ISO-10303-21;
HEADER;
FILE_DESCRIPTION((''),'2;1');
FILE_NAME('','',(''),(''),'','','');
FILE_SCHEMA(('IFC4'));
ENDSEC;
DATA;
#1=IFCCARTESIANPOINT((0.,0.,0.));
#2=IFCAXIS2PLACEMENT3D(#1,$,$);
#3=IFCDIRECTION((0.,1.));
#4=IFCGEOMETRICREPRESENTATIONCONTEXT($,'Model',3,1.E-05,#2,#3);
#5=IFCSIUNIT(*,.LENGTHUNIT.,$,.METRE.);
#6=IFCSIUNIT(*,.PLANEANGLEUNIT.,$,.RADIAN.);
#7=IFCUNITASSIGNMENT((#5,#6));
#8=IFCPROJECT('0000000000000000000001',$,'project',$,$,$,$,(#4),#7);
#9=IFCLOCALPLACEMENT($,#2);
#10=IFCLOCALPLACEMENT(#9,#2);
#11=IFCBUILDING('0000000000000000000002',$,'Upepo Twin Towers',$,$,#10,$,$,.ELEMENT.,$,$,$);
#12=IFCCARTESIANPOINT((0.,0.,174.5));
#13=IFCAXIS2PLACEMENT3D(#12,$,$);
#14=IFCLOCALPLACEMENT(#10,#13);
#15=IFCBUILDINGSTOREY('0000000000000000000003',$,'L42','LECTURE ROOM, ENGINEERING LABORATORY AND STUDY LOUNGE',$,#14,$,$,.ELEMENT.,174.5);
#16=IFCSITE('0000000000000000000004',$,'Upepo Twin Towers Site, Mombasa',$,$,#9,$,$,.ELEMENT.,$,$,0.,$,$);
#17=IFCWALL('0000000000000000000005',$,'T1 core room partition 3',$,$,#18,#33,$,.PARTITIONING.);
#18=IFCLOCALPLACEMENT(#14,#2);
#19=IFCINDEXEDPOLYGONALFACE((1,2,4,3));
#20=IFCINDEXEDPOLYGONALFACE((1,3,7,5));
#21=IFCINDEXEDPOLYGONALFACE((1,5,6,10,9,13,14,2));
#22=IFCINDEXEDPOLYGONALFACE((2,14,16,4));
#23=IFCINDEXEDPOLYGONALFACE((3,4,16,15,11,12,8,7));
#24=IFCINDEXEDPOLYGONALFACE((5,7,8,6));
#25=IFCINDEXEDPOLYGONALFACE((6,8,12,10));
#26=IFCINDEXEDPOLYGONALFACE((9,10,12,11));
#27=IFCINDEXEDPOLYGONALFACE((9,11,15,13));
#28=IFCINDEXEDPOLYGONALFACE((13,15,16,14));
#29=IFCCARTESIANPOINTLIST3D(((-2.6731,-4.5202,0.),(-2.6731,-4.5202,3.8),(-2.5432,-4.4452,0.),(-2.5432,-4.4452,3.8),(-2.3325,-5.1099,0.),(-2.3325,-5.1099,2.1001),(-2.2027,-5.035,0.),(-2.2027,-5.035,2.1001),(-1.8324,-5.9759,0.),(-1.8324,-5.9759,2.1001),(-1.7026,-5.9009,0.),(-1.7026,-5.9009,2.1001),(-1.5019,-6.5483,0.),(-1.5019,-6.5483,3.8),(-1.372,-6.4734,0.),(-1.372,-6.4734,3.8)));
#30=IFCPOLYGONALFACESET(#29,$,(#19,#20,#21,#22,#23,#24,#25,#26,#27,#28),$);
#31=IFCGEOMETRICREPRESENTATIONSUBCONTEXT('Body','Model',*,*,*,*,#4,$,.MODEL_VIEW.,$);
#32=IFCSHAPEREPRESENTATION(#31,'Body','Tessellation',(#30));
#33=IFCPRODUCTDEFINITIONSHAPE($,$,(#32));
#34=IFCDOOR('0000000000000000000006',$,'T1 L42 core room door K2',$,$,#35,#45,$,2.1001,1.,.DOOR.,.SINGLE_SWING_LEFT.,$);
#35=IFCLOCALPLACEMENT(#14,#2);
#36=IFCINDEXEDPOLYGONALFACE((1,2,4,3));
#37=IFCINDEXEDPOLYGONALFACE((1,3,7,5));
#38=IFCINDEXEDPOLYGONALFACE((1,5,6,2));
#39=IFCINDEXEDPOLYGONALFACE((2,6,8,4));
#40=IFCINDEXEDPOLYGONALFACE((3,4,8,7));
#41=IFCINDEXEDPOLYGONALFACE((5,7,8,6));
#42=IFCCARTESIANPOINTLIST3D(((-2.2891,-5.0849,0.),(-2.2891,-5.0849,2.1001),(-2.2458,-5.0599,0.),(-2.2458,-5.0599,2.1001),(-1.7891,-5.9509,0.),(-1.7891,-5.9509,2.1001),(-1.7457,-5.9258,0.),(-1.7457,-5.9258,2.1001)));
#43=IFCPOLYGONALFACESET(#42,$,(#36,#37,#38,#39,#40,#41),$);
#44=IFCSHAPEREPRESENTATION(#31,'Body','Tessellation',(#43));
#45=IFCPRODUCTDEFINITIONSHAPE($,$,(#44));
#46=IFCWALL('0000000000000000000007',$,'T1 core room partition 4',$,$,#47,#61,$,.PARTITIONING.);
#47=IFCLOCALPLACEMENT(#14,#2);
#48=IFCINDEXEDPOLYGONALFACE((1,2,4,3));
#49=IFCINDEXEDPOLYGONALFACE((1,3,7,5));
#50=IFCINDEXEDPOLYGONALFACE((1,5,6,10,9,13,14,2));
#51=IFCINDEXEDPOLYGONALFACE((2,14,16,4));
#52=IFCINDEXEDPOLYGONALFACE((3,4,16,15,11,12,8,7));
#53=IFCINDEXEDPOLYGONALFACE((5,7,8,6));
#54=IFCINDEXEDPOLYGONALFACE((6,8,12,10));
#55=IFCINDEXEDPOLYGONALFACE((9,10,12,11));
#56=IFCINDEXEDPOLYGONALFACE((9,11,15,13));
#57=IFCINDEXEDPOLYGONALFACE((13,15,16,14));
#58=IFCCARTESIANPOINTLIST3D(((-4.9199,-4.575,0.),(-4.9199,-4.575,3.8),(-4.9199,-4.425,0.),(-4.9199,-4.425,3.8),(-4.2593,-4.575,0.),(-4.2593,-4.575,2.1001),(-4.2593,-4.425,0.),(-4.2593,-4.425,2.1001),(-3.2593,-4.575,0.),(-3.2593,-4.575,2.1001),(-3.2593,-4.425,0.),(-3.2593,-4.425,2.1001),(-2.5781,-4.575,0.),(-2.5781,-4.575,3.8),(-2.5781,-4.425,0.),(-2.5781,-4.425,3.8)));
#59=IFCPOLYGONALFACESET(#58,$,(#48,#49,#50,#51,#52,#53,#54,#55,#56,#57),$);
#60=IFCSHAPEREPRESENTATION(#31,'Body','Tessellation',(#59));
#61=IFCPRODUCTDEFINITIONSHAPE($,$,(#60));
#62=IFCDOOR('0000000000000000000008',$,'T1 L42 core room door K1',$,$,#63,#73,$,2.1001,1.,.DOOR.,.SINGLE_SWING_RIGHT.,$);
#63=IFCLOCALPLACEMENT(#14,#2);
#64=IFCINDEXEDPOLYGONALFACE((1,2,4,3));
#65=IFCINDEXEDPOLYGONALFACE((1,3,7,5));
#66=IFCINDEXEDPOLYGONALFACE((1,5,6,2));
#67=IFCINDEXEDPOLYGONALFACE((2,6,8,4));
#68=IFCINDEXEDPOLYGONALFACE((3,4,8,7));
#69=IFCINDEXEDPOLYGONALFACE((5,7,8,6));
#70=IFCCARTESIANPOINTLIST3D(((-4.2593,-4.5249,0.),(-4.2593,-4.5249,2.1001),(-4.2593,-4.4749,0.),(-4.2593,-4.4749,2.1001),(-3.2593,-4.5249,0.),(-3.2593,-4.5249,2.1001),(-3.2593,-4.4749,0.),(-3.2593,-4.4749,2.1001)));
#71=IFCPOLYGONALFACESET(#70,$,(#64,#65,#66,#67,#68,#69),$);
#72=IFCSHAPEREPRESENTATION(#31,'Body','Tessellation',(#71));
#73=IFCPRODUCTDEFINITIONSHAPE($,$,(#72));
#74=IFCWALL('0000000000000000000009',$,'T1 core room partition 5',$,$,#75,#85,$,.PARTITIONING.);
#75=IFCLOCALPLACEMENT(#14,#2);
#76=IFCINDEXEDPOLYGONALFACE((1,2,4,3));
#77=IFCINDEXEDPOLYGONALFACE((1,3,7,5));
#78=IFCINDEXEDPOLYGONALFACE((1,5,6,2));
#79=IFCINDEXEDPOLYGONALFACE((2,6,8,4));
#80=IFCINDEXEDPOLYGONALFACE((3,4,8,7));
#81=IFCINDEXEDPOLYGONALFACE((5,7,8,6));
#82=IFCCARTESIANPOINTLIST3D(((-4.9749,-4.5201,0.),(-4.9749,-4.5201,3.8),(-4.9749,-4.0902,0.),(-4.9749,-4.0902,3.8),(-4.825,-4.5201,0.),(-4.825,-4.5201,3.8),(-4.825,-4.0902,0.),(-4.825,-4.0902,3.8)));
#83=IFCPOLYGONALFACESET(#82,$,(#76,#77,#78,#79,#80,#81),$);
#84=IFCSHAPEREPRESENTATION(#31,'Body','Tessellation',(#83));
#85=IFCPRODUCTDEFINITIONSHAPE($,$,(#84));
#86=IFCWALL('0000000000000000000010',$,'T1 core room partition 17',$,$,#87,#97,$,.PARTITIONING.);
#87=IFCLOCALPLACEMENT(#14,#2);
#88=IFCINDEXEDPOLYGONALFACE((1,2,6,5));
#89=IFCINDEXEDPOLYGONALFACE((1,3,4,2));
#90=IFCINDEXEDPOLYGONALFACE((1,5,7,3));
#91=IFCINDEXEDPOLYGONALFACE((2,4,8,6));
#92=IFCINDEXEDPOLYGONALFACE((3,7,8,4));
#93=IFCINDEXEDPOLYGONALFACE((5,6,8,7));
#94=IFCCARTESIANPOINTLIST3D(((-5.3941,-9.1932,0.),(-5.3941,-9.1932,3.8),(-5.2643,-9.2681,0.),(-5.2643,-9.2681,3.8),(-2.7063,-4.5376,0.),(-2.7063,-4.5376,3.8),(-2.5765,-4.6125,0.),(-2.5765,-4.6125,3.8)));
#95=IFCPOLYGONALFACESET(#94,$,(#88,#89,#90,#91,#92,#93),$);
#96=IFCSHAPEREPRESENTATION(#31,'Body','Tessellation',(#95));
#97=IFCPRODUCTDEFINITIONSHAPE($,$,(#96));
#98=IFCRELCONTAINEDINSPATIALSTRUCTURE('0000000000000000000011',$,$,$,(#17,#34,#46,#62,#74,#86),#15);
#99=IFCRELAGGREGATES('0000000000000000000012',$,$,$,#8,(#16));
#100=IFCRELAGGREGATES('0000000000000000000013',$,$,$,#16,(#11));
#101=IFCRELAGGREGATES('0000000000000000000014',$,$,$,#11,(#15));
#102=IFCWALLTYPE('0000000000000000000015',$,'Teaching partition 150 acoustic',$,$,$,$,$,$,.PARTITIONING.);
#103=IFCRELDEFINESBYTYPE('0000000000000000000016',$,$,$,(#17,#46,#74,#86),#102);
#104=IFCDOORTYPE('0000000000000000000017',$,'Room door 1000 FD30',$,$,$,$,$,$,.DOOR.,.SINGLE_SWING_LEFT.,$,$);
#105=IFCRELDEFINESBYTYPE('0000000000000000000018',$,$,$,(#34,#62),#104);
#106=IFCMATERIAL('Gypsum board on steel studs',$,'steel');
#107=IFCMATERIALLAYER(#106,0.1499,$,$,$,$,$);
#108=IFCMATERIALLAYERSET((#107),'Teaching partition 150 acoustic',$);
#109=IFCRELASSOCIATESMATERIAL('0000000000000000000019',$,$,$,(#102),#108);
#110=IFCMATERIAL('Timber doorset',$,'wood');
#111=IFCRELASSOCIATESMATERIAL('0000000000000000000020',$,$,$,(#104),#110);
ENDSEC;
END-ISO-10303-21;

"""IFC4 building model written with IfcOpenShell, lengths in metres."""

from ifc_helpers import new_model, si_unit, direction, frame, frame_2d, origin, place, context, subcontext, project, spatial, rectangle, extrude, material, layer, layer_set, type_object, element, fill, save


model = new_model("IFC4")

# Units and contexts
model_context = context("Model", 3, precision=1e-05, world=origin(), true_north=direction((0.0, 1.0)))
body_context = subcontext(model_context, "Body", "Model", "MODEL_VIEW")
ifc_project = project(units=[si_unit("LENGTHUNIT", "METRE"), si_unit("PLANEANGLEUNIT", "RADIAN")], contexts=[model_context])

# Site, building, storey
site_placement = place(None, origin())
site = spatial("IfcSite", under=ifc_project, at=site_placement, Name="Upepo Twin Towers Site, Mombasa", CompositionType="ELEMENT", RefElevation=0.0)
building_placement = place(site_placement, origin())
building = spatial("IfcBuilding", under=site, at=building_placement, Name="Upepo Twin Towers", CompositionType="ELEMENT")
storey_placement = place(building_placement, frame((0.0, 0.0, 174.5)))
storey = spatial("IfcBuildingStorey", under=building, at=storey_placement, Name="L42", Description="LECTURE ROOM, ENGINEERING LABORATORY AND STUDY LOUNGE", CompositionType="ELEMENT", Elevation=174.5)

# Shared definitions
ifc_material_1 = material(Name="Gypsum board on steel studs", Category="steel")
ifc_layer_1 = layer(ifc_material_1, 0.1499)
ifc_layer_set_1 = layer_set([ifc_layer_1], Name="Teaching partition 150 acoustic")
wall_type_1 = type_object("IfcWallType", Name="Teaching partition 150 acoustic", PredefinedType="PARTITIONING", material=ifc_layer_set_1)

# Walls, openings, doors
wall_1_placement = place(storey_placement, frame((-1.437, -6.5107, 0.0), z_axis=(0.0, 0.0, 1.0), x_axis=(-0.500074, 0.865982, 0.0)))
wall_1 = element("IfcWall", 1, at=wall_1_placement, inside=storey, type_object=wall_type_1, Name="T1 core room partition 3", PredefinedType="PARTITIONING", context=body_context, shape_type="SweptSolid", body=[
    extrude(rectangle(XDim=2.342, YDim=0.1499, at=frame_2d((1.1709, 0.0))), origin(), (0.0, 0.0, 1.0), 3.8),
])
opening_1_placement = place(wall_1_placement, frame((0.6609, 0.0, 0.0)))
opening_1 = element("IfcOpeningElement", 2, at=opening_1_placement, cuts=wall_1, PredefinedType="OPENING", context=body_context, shape_type="SweptSolid", body=[
    extrude(rectangle(XDim=1.0, YDim=2.1001, at=frame_2d((0.5, 1.05))), frame((0.0, 0.085, 0.0), z_axis=(0.0, -1.0, 0.0), x_axis=(1.0, 0.0, 0.0)), (0.0, 0.0, 1.0), 0.1699),
])
ifc_material_2 = material(Name="Timber doorset", Category="wood")
door_type_1 = type_object("IfcDoorType", Name="Room door 1000 FD30", OperationType="SINGLE_SWING_LEFT", PredefinedType="DOOR", material=ifc_material_2)
door_1_placement = place(opening_1_placement, origin())
door_1 = element("IfcDoor", 3, at=door_1_placement, inside=storey, type_object=door_type_1, Name="T1 L42 core room door K2", OperationType="SINGLE_SWING_LEFT", OverallHeight=2.1001, OverallWidth=1.0, PredefinedType="DOOR", context=body_context, shape_type="SweptSolid", body=[
    extrude(rectangle(XDim=1.0, YDim=2.1001, at=frame_2d((0.5, 1.05))), frame((0.0, 0.0249, 0.0), z_axis=(0.0, -1.0, 0.0), x_axis=(1.0, 0.0, 0.0)), (0.0, 0.0, 1.0), 0.05),
])
fill(opening_1, door_1)
wall_2_placement = place(storey_placement, frame((-2.5781, -4.5, 0.0), z_axis=(0.0, 0.0, 1.0), x_axis=(-1.0, 0.0, 0.0)))
wall_2 = element("IfcWall", 4, at=wall_2_placement, inside=storey, type_object=wall_type_1, Name="T1 core room partition 4", PredefinedType="PARTITIONING", context=body_context, shape_type="SweptSolid", body=[
    extrude(rectangle(XDim=2.3418, YDim=0.1499, at=frame_2d((1.1709, 0.0))), origin(), (0.0, 0.0, 1.0), 3.8),
])
opening_2_placement = place(wall_2_placement, frame((0.6812, 0.0, 0.0)))
opening_2 = element("IfcOpeningElement", 5, at=opening_2_placement, cuts=wall_2, PredefinedType="OPENING", context=body_context, shape_type="SweptSolid", body=[
    extrude(rectangle(XDim=1.0, YDim=2.1001, at=frame_2d((0.5, 1.05))), frame((0.0, 0.085, 0.0), z_axis=(0.0, -1.0, 0.0), x_axis=(1.0, 0.0, 0.0)), (0.0, 0.0, 1.0), 0.1699),
])
door_2_placement = place(opening_2_placement, origin())
door_2 = element("IfcDoor", 6, at=door_2_placement, inside=storey, type_object=door_type_1, Name="T1 L42 core room door K1", OperationType="SINGLE_SWING_RIGHT", OverallHeight=2.1001, OverallWidth=1.0, PredefinedType="DOOR", context=body_context, shape_type="SweptSolid", body=[
    extrude(rectangle(XDim=1.0, YDim=2.1001, at=frame_2d((0.5, 1.05))), frame((0.0, 0.0249, 0.0), z_axis=(0.0, -1.0, 0.0), x_axis=(1.0, 0.0, 0.0)), (0.0, 0.0, 1.0), 0.05),
])
fill(opening_2, door_2)

# Walls
wall_3_placement = place(storey_placement, frame((-4.8999, -4.52, 0.0), z_axis=(0.0, 0.0, 1.0), x_axis=(0.0, 1.0, 0.0)))
element("IfcWall", 7, at=wall_3_placement, inside=storey, type_object=wall_type_1, Name="T1 core room partition 5", PredefinedType="PARTITIONING", context=body_context, shape_type="SweptSolid", body=[
    extrude(rectangle(XDim=0.4299, YDim=0.1499, at=frame_2d((0.2148, 0.0))), origin(), (0.0, 0.0, 1.0), 3.8),
])
wall_4_placement = place(storey_placement, frame((-2.6414, -4.575, 0.0), z_axis=(0.0, 0.0, 1.0), x_axis=(-0.499983, -0.866035, 0.0)))
element("IfcWall", 8, at=wall_4_placement, inside=storey, type_object=wall_type_1, Name="T1 core room partition 17", PredefinedType="PARTITIONING", context=body_context, shape_type="SweptSolid", body=[
    extrude(rectangle(XDim=5.3757, YDim=0.1499, at=frame_2d((2.688, 0.0))), origin(), (0.0, 0.0, 1.0), 3.8),
])

save(model, "model.ifc")
